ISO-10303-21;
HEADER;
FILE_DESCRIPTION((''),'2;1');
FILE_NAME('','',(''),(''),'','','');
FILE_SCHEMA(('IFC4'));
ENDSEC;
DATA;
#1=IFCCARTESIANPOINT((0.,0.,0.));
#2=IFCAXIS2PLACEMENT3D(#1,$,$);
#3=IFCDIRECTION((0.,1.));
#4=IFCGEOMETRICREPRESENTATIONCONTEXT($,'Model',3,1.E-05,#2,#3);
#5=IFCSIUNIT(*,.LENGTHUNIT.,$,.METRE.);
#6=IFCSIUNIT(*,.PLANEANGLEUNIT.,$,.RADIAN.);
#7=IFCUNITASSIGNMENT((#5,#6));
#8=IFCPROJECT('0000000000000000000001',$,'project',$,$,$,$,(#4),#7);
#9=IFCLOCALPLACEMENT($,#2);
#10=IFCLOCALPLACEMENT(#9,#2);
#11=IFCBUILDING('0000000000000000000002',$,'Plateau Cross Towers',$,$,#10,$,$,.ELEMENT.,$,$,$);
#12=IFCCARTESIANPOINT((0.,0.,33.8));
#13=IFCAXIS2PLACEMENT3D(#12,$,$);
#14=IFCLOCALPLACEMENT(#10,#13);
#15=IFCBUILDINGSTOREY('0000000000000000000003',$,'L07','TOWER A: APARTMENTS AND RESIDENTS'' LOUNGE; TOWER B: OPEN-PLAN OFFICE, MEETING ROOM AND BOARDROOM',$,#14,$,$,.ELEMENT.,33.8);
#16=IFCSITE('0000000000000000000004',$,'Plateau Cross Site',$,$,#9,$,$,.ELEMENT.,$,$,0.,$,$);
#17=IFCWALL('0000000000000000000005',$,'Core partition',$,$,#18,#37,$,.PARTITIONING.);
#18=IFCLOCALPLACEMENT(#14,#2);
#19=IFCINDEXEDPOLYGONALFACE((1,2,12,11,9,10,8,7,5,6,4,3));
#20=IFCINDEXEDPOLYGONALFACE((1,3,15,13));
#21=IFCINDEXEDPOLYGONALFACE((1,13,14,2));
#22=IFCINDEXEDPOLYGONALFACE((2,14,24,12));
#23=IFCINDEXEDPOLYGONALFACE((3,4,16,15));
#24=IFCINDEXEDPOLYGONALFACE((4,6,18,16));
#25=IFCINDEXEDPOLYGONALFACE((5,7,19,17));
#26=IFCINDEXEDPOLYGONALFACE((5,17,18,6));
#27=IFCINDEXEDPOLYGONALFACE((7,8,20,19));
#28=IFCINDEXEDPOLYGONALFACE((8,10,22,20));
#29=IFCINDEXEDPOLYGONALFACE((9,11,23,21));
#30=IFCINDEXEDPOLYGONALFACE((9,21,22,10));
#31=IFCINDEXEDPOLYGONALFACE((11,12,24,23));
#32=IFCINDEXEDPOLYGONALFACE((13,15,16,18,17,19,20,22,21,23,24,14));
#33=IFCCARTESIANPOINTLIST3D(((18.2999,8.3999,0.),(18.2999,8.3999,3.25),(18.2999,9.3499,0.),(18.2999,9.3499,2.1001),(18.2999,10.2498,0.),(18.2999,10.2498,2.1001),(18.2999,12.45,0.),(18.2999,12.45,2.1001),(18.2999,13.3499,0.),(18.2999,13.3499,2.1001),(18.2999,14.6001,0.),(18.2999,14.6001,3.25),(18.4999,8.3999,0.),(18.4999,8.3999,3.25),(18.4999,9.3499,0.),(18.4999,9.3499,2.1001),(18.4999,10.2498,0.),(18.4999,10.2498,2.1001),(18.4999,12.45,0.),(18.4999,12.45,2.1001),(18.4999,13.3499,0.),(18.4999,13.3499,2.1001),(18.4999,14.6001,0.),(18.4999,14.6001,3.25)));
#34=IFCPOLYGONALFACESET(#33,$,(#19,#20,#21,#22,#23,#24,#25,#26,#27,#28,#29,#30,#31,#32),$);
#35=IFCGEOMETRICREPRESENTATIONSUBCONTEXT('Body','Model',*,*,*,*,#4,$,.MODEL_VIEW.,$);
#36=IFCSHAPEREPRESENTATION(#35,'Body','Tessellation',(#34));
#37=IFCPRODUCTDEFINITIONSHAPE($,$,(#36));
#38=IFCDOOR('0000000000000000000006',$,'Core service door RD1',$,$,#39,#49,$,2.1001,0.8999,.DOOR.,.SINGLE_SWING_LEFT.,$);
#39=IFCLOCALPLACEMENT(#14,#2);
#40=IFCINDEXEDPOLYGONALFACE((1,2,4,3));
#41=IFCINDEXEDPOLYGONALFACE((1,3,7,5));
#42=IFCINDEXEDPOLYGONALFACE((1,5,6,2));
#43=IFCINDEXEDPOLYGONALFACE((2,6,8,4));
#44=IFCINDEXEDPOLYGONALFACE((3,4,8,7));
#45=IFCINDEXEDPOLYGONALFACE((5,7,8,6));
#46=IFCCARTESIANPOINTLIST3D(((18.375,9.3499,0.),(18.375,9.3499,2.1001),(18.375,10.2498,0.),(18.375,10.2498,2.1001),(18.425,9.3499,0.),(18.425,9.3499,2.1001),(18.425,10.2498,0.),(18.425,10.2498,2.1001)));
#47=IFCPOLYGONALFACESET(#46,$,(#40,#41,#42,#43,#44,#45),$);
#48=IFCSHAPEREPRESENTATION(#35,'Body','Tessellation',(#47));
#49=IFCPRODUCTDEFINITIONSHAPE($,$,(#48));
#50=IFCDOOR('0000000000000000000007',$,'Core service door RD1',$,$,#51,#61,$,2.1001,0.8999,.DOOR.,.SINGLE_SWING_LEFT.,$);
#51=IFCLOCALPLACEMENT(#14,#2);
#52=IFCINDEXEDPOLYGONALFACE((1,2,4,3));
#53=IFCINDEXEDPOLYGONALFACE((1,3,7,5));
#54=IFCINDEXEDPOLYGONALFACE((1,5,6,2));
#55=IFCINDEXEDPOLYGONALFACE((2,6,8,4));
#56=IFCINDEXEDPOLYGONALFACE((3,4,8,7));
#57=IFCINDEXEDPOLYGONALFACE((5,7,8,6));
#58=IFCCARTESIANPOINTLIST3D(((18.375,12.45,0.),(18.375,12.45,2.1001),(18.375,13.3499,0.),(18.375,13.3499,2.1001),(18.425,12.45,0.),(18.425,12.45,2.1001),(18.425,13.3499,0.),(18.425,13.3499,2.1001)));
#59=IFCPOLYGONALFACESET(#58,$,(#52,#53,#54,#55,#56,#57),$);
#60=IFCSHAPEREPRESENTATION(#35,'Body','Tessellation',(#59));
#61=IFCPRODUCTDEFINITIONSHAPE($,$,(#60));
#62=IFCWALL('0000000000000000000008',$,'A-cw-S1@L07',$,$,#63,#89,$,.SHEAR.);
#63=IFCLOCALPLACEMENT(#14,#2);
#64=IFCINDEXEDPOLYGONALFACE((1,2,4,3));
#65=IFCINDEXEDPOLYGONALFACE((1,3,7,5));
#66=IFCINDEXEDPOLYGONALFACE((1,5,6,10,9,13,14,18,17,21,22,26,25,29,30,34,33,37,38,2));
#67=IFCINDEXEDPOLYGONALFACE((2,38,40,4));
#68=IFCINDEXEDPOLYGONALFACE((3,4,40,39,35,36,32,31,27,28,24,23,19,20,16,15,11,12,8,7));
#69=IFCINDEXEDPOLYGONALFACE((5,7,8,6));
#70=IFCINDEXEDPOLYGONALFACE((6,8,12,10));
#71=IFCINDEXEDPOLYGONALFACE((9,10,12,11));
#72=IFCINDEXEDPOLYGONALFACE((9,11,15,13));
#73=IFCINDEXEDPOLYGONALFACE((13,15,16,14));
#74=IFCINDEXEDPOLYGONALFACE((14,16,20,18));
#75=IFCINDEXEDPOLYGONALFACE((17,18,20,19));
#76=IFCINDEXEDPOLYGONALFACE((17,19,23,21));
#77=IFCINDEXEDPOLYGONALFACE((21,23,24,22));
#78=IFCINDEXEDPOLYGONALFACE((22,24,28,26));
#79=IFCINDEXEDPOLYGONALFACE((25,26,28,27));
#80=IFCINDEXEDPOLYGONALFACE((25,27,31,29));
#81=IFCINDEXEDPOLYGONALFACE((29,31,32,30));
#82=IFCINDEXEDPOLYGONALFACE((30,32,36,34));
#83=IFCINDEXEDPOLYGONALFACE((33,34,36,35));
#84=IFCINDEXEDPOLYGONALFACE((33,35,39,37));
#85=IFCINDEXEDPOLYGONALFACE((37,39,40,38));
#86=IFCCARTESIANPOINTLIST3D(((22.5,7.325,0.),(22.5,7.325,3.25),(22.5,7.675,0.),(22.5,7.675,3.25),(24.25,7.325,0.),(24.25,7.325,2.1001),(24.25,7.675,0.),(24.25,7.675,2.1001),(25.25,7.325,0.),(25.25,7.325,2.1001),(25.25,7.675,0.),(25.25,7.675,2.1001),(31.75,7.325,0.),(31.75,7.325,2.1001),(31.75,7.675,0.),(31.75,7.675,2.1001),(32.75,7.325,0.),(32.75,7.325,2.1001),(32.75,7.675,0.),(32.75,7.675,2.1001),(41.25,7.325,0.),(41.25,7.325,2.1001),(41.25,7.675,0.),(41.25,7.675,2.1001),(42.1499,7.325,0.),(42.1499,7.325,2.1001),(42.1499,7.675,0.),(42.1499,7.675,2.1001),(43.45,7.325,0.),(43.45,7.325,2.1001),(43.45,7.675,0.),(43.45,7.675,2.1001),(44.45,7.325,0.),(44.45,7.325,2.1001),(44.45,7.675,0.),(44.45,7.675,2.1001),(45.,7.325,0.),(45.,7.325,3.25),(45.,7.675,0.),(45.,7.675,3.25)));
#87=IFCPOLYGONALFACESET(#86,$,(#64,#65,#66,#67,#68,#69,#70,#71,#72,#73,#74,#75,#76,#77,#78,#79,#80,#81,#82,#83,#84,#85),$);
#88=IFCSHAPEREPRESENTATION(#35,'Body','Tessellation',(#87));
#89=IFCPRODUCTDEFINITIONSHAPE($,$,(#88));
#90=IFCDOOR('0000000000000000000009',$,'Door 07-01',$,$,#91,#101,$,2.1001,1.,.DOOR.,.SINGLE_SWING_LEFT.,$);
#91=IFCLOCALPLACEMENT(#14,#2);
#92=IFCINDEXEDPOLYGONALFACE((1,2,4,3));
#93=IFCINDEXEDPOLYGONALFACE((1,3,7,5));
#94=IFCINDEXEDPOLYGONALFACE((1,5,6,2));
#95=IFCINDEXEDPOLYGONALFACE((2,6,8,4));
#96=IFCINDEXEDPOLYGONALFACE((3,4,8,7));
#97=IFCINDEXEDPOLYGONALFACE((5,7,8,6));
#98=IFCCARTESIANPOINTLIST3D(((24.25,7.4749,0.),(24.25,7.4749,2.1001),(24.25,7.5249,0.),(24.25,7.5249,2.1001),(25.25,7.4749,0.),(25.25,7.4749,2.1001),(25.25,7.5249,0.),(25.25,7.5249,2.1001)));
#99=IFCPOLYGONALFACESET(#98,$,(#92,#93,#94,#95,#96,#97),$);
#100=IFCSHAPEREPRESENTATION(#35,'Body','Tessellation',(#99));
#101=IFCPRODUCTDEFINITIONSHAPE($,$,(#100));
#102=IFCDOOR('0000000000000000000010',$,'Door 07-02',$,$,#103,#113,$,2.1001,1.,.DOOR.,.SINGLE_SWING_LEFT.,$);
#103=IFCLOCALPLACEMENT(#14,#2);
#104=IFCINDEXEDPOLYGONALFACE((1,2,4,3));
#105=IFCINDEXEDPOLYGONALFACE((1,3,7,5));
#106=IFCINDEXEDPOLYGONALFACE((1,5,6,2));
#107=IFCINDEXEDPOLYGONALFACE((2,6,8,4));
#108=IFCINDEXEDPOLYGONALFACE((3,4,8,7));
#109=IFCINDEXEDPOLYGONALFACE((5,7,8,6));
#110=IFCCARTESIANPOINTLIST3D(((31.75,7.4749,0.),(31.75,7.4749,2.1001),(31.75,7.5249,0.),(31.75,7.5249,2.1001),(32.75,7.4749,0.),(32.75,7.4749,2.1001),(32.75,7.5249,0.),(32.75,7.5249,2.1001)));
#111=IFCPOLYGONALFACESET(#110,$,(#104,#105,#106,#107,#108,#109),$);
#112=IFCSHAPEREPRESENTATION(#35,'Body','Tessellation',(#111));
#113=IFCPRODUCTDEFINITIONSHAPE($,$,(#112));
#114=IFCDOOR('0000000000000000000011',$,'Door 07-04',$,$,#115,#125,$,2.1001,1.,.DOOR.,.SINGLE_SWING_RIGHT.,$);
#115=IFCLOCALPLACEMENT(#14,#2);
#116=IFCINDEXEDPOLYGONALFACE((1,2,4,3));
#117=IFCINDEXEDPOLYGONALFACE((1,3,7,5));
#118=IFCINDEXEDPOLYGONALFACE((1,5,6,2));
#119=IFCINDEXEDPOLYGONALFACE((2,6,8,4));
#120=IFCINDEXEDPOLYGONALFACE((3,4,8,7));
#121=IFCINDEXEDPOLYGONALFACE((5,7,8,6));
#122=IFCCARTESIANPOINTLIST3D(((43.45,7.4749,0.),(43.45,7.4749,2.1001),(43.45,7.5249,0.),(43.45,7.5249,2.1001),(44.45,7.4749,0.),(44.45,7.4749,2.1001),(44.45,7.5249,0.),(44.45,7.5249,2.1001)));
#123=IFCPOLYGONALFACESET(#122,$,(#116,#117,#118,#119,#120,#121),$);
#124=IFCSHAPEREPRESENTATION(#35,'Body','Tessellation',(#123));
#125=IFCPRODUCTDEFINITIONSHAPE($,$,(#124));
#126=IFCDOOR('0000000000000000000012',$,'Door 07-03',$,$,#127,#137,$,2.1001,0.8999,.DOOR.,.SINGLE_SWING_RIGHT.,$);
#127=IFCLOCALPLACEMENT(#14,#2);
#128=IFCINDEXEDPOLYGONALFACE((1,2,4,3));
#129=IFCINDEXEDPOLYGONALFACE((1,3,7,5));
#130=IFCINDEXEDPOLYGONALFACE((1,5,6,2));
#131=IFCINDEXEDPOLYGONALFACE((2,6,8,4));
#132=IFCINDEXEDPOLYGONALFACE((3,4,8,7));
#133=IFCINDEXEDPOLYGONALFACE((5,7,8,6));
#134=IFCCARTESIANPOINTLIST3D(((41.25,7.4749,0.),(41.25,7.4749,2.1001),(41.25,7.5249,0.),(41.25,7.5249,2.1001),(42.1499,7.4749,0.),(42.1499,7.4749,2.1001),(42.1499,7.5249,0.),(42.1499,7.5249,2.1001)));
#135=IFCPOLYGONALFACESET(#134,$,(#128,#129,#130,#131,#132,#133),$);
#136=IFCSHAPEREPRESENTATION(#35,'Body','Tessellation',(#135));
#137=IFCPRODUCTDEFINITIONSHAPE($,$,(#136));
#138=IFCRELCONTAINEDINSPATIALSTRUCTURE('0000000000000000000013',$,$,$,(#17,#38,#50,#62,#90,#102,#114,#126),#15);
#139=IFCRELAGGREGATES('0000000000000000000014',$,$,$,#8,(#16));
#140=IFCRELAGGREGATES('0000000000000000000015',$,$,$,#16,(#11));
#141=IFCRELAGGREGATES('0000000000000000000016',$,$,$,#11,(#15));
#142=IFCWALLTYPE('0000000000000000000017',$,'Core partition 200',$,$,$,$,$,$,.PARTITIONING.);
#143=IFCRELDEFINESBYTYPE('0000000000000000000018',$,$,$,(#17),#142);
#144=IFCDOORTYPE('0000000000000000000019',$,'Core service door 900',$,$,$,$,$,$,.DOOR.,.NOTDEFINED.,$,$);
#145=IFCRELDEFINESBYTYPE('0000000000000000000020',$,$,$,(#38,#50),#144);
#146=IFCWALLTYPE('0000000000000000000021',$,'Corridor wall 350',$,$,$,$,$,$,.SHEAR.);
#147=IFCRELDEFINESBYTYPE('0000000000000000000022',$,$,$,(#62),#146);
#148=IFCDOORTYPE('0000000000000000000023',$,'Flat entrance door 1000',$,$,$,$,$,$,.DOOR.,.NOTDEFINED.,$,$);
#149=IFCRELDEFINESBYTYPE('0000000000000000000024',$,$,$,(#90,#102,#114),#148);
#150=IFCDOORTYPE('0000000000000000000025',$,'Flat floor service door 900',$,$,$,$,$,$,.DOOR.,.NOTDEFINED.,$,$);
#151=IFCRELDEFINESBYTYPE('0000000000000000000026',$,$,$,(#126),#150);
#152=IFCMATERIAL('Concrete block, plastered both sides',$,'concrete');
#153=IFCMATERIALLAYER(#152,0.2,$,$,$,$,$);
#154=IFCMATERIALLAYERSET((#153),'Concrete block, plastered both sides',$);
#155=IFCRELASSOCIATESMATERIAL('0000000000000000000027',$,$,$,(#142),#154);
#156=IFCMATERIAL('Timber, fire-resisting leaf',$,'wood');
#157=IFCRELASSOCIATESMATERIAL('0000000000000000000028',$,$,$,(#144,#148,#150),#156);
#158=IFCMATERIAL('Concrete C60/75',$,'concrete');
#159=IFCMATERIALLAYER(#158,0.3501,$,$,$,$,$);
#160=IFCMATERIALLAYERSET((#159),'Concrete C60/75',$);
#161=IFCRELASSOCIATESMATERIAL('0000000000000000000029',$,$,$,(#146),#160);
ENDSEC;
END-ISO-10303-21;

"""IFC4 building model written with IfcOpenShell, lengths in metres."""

from ifc_helpers import new_model, si_unit, direction, frame, frame_2d, origin, place, context, subcontext, project, spatial, rectangle, extrude, material, layer, layer_set, type_object, element, fill, save


model = new_model("IFC4")

# Units and contexts
model_context = context("Model", 3, precision=1e-05, world=origin(), true_north=direction((0.0, 1.0)))
body_context = subcontext(model_context, "Body", "Model", "MODEL_VIEW")
ifc_project = project(units=[si_unit("LENGTHUNIT", "METRE"), si_unit("PLANEANGLEUNIT", "RADIAN")], contexts=[model_context])

# Site, building, storey
site_placement = place(None, origin())
site = spatial("IfcSite", under=ifc_project, at=site_placement, Name="Plateau Cross Site", CompositionType="ELEMENT", RefElevation=0.0)
building_placement = place(site_placement, origin())
building = spatial("IfcBuilding", under=site, at=building_placement, Name="Plateau Cross Towers", CompositionType="ELEMENT")
storey_placement = place(building_placement, frame((0.0, 0.0, 33.8)))
storey = spatial("IfcBuildingStorey", under=building, at=storey_placement, Name="L07", Description="TOWER A: APARTMENTS AND RESIDENTS' LOUNGE; TOWER B: OPEN-PLAN OFFICE, MEETING ROOM AND BOARDROOM", CompositionType="ELEMENT", Elevation=33.8)

# Walls, openings, doors
ifc_material_1 = material(Name="Concrete block, plastered both sides", Category="concrete")
ifc_layer_1 = layer(ifc_material_1, 0.2)
ifc_layer_set_1 = layer_set([ifc_layer_1], Name="Concrete block, plastered both sides")
wall_type_1 = type_object("IfcWallType", Name="Core partition 200", PredefinedType="PARTITIONING", material=ifc_layer_set_1)
wall_1_placement = place(storey_placement, frame((18.3999, 8.3999, 0.0), z_axis=(0.0, 0.0, 1.0), x_axis=(0.0, 1.0, 0.0)))
wall_1 = element("IfcWall", 1, at=wall_1_placement, inside=storey, type_object=wall_type_1, Name="Core partition", PredefinedType="PARTITIONING", context=body_context, shape_type="SweptSolid", body=[
    extrude(rectangle(XDim=6.2002, YDim=0.2, at=frame_2d((3.1001, 0.0))), origin(), (0.0, 0.0, 1.0), 3.25),
])
opening_1_placement = place(wall_1_placement, frame((0.95, 0.0, 0.0)))
opening_1 = element("IfcOpeningElement", 2, at=opening_1_placement, cuts=wall_1, PredefinedType="OPENING", context=body_context, shape_type="SweptSolid", body=[
    extrude(rectangle(XDim=0.8999, YDim=2.1001, at=frame_2d((0.45, 1.05))), frame((0.0, 0.1099, 0.0), z_axis=(0.0, -1.0, 0.0), x_axis=(1.0, 0.0, 0.0)), (0.0, 0.0, 1.0), 0.22),
])
opening_2_placement = place(wall_1_placement, frame((4.05, 0.0, 0.0)))
opening_2 = element("IfcOpeningElement", 3, at=opening_2_placement, cuts=wall_1, PredefinedType="OPENING", context=body_context, shape_type="SweptSolid", body=[
    extrude(rectangle(XDim=0.8999, YDim=2.1001, at=frame_2d((0.45, 1.05))), frame((0.0, 0.1099, 0.0), z_axis=(0.0, -1.0, 0.0), x_axis=(1.0, 0.0, 0.0)), (0.0, 0.0, 1.0), 0.22),
])
ifc_material_2 = material(Name="Timber, fire-resisting leaf", Category="wood")
door_type_1 = type_object("IfcDoorType", Name="Core service door 900", OperationType="NOTDEFINED", PredefinedType="DOOR", material=ifc_material_2)
door_1_placement = place(opening_1_placement, origin())
door_1 = element("IfcDoor", 4, at=door_1_placement, inside=storey, type_object=door_type_1, Name="Core service door RD1", OperationType="SINGLE_SWING_LEFT", OverallHeight=2.1001, OverallWidth=0.8999, PredefinedType="DOOR", context=body_context, shape_type="SweptSolid", body=[
    extrude(rectangle(XDim=0.8999, YDim=2.1001, at=frame_2d((0.45, 1.05))), frame((0.0, 0.0249, 0.0), z_axis=(0.0, -1.0, 0.0), x_axis=(1.0, 0.0, 0.0)), (0.0, 0.0, 1.0), 0.05),
])
fill(opening_1, door_1)
door_2_placement = place(opening_2_placement, origin())
door_2 = element("IfcDoor", 5, at=door_2_placement, inside=storey, type_object=door_type_1, Name="Core service door RD1", OperationType="SINGLE_SWING_LEFT", OverallHeight=2.1001, OverallWidth=0.8999, PredefinedType="DOOR", context=body_context, shape_type="SweptSolid", body=[
    extrude(rectangle(XDim=0.8999, YDim=2.1001, at=frame_2d((0.45, 1.05))), frame((0.0, 0.0249, 0.0), z_axis=(0.0, -1.0, 0.0), x_axis=(1.0, 0.0, 0.0)), (0.0, 0.0, 1.0), 0.05),
])
fill(opening_2, door_2)
ifc_material_3 = material(Name="Concrete C60/75", Category="concrete")
ifc_layer_2 = layer(ifc_material_3, 0.3501)
ifc_layer_set_2 = layer_set([ifc_layer_2], Name="Concrete C60/75")
wall_type_2 = type_object("IfcWallType", Name="Corridor wall 350", PredefinedType="SHEAR", material=ifc_layer_set_2)
wall_2_placement = place(storey_placement, frame((22.5, 7.5, 0.0), z_axis=(0.0, 0.0, 1.0), x_axis=(1.0, 0.0, 0.0)))
wall_2 = element("IfcWall", 6, at=wall_2_placement, inside=storey, type_object=wall_type_2, Name="A-cw-S1@L07", PredefinedType="SHEAR", context=body_context, shape_type="SweptSolid", body=[
    extrude(rectangle(XDim=22.5, YDim=0.3501, at=frame_2d((11.25, 0.0))), origin(), (0.0, 0.0, 1.0), 3.25),
])
opening_3_placement = place(wall_2_placement, frame((1.75, 0.0, 0.0)))
opening_3 = element("IfcOpeningElement", 7, at=opening_3_placement, cuts=wall_2, PredefinedType="OPENING", context=body_context, shape_type="SweptSolid", body=[
    extrude(rectangle(XDim=1.0, YDim=2.1001, at=frame_2d((0.5, 1.05))), frame((0.0, 0.1851, 0.0), z_axis=(0.0, -1.0, 0.0), x_axis=(1.0, 0.0, 0.0)), (0.0, 0.0, 1.0), 0.3701),
])
opening_4_placement = place(wall_2_placement, frame((9.25, 0.0, 0.0)))
opening_4 = element("IfcOpeningElement", 8, at=opening_4_placement, cuts=wall_2, PredefinedType="OPENING", context=body_context, shape_type="SweptSolid", body=[
    extrude(rectangle(XDim=1.0, YDim=2.1001, at=frame_2d((0.5, 1.05))), frame((0.0, 0.1851, 0.0), z_axis=(0.0, -1.0, 0.0), x_axis=(1.0, 0.0, 0.0)), (0.0, 0.0, 1.0), 0.3701),
])
opening_5_placement = place(wall_2_placement, frame((18.75, 0.0, 0.0)))
opening_5 = element("IfcOpeningElement", 9, at=opening_5_placement, cuts=wall_2, PredefinedType="OPENING", context=body_context, shape_type="SweptSolid", body=[
    extrude(rectangle(XDim=0.8999, YDim=2.1001, at=frame_2d((0.45, 1.05))), frame((0.0, 0.1851, 0.0), z_axis=(0.0, -1.0, 0.0), x_axis=(1.0, 0.0, 0.0)), (0.0, 0.0, 1.0), 0.3701),
])
opening_6_placement = place(wall_2_placement, frame((20.95, 0.0, 0.0)))
opening_6 = element("IfcOpeningElement", 10, at=opening_6_placement, cuts=wall_2, PredefinedType="OPENING", context=body_context, shape_type="SweptSolid", body=[
    extrude(rectangle(XDim=1.0, YDim=2.1001, at=frame_2d((0.5, 1.05))), frame((0.0, 0.1851, 0.0), z_axis=(0.0, -1.0, 0.0), x_axis=(1.0, 0.0, 0.0)), (0.0, 0.0, 1.0), 0.3701),
])
door_type_2 = type_object("IfcDoorType", Name="Flat entrance door 1000", OperationType="NOTDEFINED", PredefinedType="DOOR", material=ifc_material_2)
door_3_placement = place(opening_3_placement, origin())
door_3 = element("IfcDoor", 11, at=door_3_placement, inside=storey, type_object=door_type_2, Name="Door 07-01", OperationType="SINGLE_SWING_LEFT", OverallHeight=2.1001, OverallWidth=1.0, PredefinedType="DOOR", context=body_context, shape_type="SweptSolid", body=[
    extrude(rectangle(XDim=1.0, YDim=2.1001, at=frame_2d((0.5, 1.05))), frame((0.0, 0.0249, 0.0), z_axis=(0.0, -1.0, 0.0), x_axis=(1.0, 0.0, 0.0)), (0.0, 0.0, 1.0), 0.05),
])
fill(opening_3, door_3)
door_4_placement = place(opening_4_placement, origin())
door_4 = element("IfcDoor", 12, at=door_4_placement, inside=storey, type_object=door_type_2, Name="Door 07-02", OperationType="SINGLE_SWING_LEFT", OverallHeight=2.1001, OverallWidth=1.0, PredefinedType="DOOR", context=body_context, shape_type="SweptSolid", body=[
    extrude(rectangle(XDim=1.0, YDim=2.1001, at=frame_2d((0.5, 1.05))), frame((0.0, 0.0249, 0.0), z_axis=(0.0, -1.0, 0.0), x_axis=(1.0, 0.0, 0.0)), (0.0, 0.0, 1.0), 0.05),
])
fill(opening_4, door_4)
door_5_placement = place(opening_6_placement, origin())
door_5 = element("IfcDoor", 13, at=door_5_placement, inside=storey, type_object=door_type_2, Name="Door 07-04", OperationType="SINGLE_SWING_RIGHT", OverallHeight=2.1001, OverallWidth=1.0, PredefinedType="DOOR", context=body_context, shape_type="SweptSolid", body=[
    extrude(rectangle(XDim=1.0, YDim=2.1001, at=frame_2d((0.5, 1.05))), frame((0.0, 0.0249, 0.0), z_axis=(0.0, -1.0, 0.0), x_axis=(1.0, 0.0, 0.0)), (0.0, 0.0, 1.0), 0.05),
])
fill(opening_6, door_5)
door_type_3 = type_object("IfcDoorType", Name="Flat floor service door 900", OperationType="NOTDEFINED", PredefinedType="DOOR", material=ifc_material_2)
door_6_placement = place(opening_5_placement, origin())
door_6 = element("IfcDoor", 14, at=door_6_placement, inside=storey, type_object=door_type_3, Name="Door 07-03", OperationType="SINGLE_SWING_RIGHT", OverallHeight=2.1001, OverallWidth=0.8999, PredefinedType="DOOR", context=body_context, shape_type="SweptSolid", body=[
    extrude(rectangle(XDim=0.8999, YDim=2.1001, at=frame_2d((0.45, 1.05))), frame((0.0, 0.0249, 0.0), z_axis=(0.0, -1.0, 0.0), x_axis=(1.0, 0.0, 0.0)), (0.0, 0.0, 1.0), 0.05),
])
fill(opening_5, door_6)

save(model, "model.ifc")
